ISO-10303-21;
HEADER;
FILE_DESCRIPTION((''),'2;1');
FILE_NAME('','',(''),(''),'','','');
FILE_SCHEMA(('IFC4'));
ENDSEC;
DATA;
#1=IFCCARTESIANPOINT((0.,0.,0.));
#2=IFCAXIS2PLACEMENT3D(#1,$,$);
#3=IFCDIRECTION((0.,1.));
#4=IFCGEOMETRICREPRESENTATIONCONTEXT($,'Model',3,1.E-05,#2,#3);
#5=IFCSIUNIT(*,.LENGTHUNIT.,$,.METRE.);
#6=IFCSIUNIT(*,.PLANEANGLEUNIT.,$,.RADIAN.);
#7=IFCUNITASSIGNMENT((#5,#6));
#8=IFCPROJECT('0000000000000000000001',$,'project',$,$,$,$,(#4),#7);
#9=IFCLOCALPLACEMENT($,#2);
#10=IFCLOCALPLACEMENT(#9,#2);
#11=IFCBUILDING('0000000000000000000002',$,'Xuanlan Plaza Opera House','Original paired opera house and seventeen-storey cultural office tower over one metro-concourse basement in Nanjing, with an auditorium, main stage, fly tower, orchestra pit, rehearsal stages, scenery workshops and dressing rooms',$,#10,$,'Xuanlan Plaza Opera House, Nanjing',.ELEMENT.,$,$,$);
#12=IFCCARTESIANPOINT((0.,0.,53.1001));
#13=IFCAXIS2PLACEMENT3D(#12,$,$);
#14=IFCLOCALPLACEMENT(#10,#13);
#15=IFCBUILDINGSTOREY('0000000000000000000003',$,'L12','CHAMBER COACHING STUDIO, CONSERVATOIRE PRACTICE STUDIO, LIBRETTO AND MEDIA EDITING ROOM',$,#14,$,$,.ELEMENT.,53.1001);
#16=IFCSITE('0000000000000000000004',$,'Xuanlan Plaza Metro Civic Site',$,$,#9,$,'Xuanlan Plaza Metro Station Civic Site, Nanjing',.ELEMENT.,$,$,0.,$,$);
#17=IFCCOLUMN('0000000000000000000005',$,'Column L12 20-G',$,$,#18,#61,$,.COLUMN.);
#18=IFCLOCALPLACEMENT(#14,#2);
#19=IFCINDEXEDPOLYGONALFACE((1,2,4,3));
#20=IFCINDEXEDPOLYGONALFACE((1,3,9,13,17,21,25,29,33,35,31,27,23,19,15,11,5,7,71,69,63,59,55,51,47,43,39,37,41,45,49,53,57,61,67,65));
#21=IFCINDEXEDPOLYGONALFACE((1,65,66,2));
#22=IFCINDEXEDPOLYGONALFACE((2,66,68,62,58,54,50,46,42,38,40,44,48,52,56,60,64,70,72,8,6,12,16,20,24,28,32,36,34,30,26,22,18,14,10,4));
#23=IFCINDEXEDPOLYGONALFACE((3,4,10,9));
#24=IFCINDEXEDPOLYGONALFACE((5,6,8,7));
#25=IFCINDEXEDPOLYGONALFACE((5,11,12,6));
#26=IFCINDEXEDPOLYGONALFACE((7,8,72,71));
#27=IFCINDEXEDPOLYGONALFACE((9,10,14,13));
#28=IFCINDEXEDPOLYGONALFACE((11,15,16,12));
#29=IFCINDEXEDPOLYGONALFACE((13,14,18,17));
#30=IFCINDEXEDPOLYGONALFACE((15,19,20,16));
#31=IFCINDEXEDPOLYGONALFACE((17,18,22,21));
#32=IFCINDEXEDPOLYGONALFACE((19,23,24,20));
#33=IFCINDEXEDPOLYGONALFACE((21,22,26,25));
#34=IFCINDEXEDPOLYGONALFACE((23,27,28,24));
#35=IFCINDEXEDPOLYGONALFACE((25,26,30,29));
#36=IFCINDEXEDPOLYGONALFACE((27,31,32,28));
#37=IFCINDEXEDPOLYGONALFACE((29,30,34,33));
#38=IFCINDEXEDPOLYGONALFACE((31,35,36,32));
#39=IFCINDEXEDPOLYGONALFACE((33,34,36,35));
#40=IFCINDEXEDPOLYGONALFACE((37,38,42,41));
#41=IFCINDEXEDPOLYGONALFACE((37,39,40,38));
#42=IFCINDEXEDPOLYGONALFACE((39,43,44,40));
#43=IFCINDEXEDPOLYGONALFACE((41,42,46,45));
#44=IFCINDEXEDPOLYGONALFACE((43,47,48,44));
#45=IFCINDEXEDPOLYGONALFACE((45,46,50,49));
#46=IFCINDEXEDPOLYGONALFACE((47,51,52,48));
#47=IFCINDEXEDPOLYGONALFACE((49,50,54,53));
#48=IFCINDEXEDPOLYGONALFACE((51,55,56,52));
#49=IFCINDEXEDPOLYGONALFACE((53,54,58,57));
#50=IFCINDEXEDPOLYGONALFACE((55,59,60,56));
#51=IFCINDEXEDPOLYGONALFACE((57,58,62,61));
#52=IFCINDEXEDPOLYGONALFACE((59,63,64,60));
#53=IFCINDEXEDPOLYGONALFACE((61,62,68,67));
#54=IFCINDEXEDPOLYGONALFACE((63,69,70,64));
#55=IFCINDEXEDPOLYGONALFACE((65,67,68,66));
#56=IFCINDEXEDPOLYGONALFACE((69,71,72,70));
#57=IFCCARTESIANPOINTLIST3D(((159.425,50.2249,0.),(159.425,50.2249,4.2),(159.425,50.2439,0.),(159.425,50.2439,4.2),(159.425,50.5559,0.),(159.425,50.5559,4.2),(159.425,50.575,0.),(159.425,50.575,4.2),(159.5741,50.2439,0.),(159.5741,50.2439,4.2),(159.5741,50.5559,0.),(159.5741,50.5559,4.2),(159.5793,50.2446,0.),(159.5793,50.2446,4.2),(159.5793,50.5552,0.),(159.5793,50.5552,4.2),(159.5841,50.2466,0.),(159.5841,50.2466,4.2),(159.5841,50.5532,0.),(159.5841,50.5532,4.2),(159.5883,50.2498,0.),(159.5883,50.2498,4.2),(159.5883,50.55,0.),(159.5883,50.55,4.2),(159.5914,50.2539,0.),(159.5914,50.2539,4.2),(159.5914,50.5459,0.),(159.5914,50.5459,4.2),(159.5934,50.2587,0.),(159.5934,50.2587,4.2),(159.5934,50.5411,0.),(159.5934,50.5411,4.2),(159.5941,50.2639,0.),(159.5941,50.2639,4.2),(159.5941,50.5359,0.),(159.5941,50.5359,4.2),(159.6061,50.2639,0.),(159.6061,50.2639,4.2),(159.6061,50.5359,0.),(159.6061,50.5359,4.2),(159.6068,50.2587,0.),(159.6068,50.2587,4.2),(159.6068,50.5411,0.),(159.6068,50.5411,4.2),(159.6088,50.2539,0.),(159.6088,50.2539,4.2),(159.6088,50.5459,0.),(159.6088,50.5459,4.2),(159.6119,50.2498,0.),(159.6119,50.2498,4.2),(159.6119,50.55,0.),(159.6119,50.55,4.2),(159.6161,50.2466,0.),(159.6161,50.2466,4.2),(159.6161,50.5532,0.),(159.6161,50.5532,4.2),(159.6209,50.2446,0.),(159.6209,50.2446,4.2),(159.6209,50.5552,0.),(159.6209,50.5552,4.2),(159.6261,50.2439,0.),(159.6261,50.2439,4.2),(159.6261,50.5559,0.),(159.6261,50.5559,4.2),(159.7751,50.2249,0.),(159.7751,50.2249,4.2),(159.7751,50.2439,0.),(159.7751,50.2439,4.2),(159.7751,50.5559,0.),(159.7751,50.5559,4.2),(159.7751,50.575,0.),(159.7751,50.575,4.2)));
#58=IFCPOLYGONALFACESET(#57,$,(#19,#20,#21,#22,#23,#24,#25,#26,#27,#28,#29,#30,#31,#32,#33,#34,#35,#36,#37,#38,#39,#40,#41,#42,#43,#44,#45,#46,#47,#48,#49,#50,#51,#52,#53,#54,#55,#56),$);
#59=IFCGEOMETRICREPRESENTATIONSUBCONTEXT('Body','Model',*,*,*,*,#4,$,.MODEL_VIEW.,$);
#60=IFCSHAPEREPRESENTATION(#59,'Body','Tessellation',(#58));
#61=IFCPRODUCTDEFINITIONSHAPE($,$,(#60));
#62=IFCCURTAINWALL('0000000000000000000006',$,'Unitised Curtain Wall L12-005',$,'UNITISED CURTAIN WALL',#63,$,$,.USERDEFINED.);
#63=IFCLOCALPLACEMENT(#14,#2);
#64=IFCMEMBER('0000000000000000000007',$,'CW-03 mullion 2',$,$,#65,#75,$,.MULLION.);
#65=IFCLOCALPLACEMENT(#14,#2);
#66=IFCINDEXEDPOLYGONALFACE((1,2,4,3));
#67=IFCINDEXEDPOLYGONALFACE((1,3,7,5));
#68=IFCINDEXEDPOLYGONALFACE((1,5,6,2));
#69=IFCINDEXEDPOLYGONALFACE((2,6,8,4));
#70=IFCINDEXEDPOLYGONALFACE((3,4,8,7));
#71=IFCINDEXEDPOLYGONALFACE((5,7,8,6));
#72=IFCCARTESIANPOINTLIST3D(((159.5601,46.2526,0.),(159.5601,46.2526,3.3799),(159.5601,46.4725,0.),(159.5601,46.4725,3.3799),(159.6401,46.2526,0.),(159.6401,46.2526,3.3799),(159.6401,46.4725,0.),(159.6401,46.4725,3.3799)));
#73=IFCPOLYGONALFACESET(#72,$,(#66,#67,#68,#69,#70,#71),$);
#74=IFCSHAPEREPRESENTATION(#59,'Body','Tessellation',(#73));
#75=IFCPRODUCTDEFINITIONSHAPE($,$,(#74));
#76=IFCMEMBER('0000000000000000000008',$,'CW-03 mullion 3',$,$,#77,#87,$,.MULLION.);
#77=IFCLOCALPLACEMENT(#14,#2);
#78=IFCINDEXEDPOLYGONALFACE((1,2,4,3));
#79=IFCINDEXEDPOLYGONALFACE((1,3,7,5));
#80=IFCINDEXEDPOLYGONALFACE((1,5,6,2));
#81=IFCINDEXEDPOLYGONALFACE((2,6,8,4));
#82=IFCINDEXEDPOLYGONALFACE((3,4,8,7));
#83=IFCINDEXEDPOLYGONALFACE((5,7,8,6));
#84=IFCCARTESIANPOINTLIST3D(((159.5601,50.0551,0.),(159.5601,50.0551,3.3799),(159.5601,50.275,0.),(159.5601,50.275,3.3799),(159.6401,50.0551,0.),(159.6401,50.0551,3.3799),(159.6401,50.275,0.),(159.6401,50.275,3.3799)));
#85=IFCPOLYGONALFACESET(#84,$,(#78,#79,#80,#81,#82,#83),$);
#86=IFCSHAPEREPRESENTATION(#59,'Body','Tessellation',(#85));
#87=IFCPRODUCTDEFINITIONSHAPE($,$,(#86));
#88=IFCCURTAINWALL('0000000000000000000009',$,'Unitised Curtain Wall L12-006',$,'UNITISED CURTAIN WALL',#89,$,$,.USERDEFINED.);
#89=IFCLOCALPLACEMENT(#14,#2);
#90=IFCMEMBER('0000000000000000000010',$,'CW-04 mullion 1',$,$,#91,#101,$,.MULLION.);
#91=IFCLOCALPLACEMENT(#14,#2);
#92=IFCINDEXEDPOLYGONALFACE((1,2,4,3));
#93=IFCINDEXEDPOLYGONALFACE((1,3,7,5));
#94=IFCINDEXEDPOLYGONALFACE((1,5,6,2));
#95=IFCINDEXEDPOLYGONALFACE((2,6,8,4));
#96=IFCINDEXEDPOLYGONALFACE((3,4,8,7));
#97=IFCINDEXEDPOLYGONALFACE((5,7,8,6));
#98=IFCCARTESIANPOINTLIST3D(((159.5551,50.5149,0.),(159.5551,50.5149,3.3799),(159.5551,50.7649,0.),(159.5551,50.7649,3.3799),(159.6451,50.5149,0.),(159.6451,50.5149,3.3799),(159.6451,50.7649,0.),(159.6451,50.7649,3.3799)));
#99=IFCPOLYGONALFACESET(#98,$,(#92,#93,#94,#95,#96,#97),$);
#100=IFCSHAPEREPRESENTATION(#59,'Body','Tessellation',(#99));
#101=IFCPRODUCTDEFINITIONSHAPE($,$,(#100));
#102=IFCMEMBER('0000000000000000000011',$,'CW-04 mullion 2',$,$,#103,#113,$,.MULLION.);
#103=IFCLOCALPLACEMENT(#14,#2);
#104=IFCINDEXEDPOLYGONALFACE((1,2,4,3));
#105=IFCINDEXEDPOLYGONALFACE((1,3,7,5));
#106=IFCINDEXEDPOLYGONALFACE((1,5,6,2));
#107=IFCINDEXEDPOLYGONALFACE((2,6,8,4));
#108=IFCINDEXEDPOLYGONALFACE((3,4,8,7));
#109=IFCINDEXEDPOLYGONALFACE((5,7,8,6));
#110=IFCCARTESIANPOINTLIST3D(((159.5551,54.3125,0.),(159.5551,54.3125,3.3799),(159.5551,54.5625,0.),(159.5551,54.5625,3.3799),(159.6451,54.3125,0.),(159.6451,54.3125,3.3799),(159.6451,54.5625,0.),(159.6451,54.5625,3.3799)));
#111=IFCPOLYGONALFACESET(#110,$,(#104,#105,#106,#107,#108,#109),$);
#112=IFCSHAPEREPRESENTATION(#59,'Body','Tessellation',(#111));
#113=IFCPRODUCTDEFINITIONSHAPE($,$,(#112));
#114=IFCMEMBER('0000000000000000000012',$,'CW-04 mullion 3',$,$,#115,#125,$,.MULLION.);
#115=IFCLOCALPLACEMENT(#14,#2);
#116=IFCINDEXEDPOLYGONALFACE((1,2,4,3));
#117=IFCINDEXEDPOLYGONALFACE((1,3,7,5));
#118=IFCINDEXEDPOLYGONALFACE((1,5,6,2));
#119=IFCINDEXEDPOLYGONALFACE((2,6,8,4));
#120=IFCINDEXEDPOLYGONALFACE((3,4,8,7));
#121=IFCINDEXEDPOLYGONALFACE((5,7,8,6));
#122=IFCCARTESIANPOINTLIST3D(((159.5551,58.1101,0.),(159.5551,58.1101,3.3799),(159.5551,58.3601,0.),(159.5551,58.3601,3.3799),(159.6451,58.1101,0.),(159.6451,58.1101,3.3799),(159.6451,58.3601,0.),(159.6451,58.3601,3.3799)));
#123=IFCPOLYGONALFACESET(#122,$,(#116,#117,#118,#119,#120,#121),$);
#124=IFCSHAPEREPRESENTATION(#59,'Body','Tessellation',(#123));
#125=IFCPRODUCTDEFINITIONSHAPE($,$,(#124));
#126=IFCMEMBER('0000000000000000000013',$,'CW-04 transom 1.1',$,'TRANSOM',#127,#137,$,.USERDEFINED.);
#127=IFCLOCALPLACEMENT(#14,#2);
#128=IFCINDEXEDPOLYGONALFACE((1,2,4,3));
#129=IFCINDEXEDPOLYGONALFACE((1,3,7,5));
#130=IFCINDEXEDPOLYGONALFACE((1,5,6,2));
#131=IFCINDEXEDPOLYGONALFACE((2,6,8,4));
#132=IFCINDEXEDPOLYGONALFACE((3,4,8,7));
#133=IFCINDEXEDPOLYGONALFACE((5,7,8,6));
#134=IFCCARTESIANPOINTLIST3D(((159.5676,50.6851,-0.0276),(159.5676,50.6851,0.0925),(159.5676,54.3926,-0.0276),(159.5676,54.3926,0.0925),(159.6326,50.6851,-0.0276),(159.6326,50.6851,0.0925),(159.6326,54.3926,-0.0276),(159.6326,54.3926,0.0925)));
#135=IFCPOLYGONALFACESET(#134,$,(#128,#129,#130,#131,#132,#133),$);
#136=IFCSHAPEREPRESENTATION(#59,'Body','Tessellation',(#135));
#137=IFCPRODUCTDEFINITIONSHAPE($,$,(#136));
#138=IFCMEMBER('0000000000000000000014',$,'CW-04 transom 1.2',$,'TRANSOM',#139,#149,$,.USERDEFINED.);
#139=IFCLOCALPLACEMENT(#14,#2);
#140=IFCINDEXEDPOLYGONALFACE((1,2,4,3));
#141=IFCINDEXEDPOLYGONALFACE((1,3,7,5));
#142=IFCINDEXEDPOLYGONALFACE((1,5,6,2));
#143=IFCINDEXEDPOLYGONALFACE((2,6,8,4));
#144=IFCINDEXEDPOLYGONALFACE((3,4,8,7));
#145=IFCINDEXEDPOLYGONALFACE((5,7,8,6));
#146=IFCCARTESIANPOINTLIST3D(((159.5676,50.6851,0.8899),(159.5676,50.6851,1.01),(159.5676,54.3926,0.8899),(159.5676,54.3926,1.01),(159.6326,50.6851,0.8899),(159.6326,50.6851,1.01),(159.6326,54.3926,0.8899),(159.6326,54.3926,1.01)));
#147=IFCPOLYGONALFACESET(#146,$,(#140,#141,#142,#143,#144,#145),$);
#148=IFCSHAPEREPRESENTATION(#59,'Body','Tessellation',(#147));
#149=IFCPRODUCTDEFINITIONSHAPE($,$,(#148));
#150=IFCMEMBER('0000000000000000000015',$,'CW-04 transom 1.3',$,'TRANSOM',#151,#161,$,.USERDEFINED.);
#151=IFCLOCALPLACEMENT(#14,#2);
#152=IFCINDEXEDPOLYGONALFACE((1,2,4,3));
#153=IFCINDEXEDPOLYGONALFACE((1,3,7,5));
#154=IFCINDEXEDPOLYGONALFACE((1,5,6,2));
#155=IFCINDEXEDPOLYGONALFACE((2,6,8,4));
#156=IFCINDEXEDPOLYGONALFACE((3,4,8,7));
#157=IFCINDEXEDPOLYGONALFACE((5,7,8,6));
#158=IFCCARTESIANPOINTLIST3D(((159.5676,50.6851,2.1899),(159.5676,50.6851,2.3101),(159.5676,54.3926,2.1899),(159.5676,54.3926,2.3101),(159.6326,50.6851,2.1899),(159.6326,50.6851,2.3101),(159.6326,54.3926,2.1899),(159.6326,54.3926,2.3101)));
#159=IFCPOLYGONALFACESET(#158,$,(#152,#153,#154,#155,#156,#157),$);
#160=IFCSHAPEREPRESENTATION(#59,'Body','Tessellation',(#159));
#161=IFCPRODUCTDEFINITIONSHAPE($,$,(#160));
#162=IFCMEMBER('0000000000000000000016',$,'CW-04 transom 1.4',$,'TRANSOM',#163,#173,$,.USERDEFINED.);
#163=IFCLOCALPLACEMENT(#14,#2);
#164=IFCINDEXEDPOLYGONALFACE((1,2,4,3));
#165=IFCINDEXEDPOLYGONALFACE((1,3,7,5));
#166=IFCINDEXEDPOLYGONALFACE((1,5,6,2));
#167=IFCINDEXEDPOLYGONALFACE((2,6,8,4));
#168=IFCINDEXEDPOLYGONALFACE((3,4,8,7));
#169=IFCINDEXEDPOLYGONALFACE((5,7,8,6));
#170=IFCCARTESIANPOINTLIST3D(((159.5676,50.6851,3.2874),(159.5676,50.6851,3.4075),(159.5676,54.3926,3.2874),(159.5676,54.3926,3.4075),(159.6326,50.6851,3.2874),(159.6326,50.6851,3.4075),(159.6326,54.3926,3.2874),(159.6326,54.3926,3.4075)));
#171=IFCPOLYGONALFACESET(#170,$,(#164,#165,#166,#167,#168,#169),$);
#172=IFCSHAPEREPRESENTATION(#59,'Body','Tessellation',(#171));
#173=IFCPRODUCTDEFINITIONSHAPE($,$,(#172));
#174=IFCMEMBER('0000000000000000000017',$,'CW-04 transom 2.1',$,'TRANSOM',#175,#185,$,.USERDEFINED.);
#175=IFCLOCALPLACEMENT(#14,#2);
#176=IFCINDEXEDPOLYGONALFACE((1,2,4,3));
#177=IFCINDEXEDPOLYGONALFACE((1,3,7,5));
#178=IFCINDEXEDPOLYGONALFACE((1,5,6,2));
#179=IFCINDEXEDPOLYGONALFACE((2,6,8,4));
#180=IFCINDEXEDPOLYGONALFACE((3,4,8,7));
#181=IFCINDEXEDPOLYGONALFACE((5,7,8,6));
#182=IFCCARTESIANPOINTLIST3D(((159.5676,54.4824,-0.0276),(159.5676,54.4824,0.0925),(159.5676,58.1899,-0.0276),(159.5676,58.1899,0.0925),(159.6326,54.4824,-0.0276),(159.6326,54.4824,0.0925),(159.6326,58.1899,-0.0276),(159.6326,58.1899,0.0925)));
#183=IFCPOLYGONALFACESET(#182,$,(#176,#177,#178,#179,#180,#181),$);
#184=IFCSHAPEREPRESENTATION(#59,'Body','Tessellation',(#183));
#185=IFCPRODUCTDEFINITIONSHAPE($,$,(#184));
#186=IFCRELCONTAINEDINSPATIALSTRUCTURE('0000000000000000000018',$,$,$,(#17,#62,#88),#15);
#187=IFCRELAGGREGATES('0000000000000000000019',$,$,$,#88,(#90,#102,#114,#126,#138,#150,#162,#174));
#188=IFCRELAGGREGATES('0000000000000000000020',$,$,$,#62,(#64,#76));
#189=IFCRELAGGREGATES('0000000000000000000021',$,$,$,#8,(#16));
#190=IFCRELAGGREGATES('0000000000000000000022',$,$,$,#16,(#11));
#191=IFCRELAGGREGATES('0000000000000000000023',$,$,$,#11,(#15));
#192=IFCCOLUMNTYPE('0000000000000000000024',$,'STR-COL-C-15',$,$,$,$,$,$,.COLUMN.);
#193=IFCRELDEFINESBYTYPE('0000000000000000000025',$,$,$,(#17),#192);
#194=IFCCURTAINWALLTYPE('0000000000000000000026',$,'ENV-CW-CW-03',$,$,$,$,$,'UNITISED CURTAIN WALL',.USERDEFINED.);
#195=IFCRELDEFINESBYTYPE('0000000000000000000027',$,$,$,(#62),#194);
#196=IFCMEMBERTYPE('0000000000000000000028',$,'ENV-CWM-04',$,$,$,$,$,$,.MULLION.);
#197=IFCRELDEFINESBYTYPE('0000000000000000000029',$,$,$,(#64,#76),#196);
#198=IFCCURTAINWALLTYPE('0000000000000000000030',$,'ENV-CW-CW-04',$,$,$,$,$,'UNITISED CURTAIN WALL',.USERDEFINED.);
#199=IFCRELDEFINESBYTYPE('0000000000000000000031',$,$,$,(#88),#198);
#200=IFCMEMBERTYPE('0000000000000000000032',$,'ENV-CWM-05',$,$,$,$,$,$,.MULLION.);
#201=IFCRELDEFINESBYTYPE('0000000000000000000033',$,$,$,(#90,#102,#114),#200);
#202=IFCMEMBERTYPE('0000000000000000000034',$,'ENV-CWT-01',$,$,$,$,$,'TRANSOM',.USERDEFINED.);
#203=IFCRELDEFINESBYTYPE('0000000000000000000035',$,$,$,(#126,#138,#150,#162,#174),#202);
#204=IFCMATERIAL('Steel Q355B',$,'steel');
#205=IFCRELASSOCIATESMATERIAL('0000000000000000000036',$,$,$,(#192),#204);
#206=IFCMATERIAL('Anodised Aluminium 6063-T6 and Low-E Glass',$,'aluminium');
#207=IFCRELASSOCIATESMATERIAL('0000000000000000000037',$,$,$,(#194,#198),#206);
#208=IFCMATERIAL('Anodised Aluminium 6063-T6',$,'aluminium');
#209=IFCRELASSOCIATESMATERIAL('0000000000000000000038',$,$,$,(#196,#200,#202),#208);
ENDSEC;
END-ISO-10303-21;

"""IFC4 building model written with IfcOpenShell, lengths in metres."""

from ifc_helpers import new_model, si_unit, direction, frame, origin, origin_2d, place, context, subcontext, project, spatial, rectangle, i_section, extrude, material, material_profile, profile_set, type_object, element, aggregate, save


model = new_model("IFC4")

# Units and contexts
model_context = context("Model", 3, precision=1e-05, world=origin(), true_north=direction((0.0, 1.0)))
body_context = subcontext(model_context, "Body", "Model", "MODEL_VIEW")
ifc_project = project(units=[si_unit("LENGTHUNIT", "METRE"), si_unit("PLANEANGLEUNIT", "RADIAN")], contexts=[model_context])

# Site, building, storey
site_placement = place(None, origin())
site = spatial("IfcSite", under=ifc_project, at=site_placement, Name="Xuanlan Plaza Metro Civic Site", LongName="Xuanlan Plaza Metro Station Civic Site, Nanjing", CompositionType="ELEMENT", RefElevation=0.0)
building_placement = place(site_placement, origin())
building = spatial("IfcBuilding", under=site, at=building_placement, Name="Xuanlan Plaza Opera House", Description="Original paired opera house and seventeen-storey cultural office tower over one metro-concourse basement in Nanjing, with an auditorium, main stage, fly tower, orchestra pit, rehearsal stages, scenery workshops and dressing rooms", LongName="Xuanlan Plaza Opera House, Nanjing", CompositionType="ELEMENT")
storey_placement = place(building_placement, frame((0.0, 0.0, 53.1001)))
storey = spatial("IfcBuildingStorey", under=building, at=storey_placement, Name="L12", Description="CHAMBER COACHING STUDIO, CONSERVATOIRE PRACTICE STUDIO, LIBRETTO AND MEDIA EDITING ROOM", CompositionType="ELEMENT", Elevation=53.1001)

# Column
ifc_material_1 = material(Name="Steel Q355B", Category="steel")
ifc_material_profile_1 = material_profile(ifc_material_1, i_section(OverallWidth=0.3501, OverallDepth=0.3501, WebThickness=0.012, FlangeThickness=0.019, FilletRadius=0.02, at=origin_2d()), Name="HW 350x350x12x19")
ifc_profile_set_1 = profile_set([ifc_material_profile_1], Name="Steel Q355B")
column_type = type_object("IfcColumnType", Name="STR-COL-C-15", PredefinedType="COLUMN", material=ifc_profile_set_1)
column_placement = place(storey_placement, frame((159.6001, 50.3999, 0.0), z_axis=(0.0, 0.0, 1.0), x_axis=(1.0, 0.0, 0.0)))
element("IfcColumn", 1, at=column_placement, inside=storey, type_object=column_type, Name="Column L12 20-G", PredefinedType="COLUMN", context=body_context, shape_type="SweptSolid", body=[
    extrude(i_section(OverallWidth=0.3501, OverallDepth=0.3501, WebThickness=0.012, FlangeThickness=0.019, FilletRadius=0.02, at=origin_2d()), origin(), (0.0, 0.0, 1.0), 4.2),
])

# Curtain walls, members
ifc_material_2 = material(Name="Anodised Aluminium 6063-T6 and Low-E Glass", Category="aluminium")
curtain_wall_type_1 = type_object("IfcCurtainWallType", Name="ENV-CW-CW-03", ElementType="UNITISED CURTAIN WALL", PredefinedType="USERDEFINED", material=ifc_material_2)
curtain_wall_1_placement = place(storey_placement, origin())
curtain_wall_1 = element("IfcCurtainWall", 2, at=curtain_wall_1_placement, inside=storey, type_object=curtain_wall_type_1, Name="Unitised Curtain Wall L12-005", ObjectType="UNITISED CURTAIN WALL", PredefinedType="USERDEFINED")
ifc_material_3 = material(Name="Anodised Aluminium 6063-T6", Category="aluminium")
ifc_material_profile_2 = material_profile(ifc_material_3, rectangle(XDim=0.0801, YDim=0.22, at=origin_2d()), Name="ALU-M 80x220")
ifc_profile_set_2 = profile_set([ifc_material_profile_2], Name="Anodised Aluminium 6063-T6")
member_type_1 = type_object("IfcMemberType", Name="ENV-CWM-04", PredefinedType="MULLION", material=ifc_profile_set_2)
member_1_placement = place(storey_placement, frame((159.6001, 46.3625, 0.0), z_axis=(0.0, 0.0, 1.0), x_axis=(-1.0, 0.0, 0.0)))
member_1 = element("IfcMember", 3, at=member_1_placement, type_object=member_type_1, Name="CW-03 mullion 2", PredefinedType="MULLION", context=body_context, shape_type="SweptSolid", body=[
    extrude(rectangle(XDim=0.0801, YDim=0.22, at=origin_2d()), origin(), (0.0, 0.0, 1.0), 3.3799),
])
member_2_placement = place(storey_placement, frame((159.6001, 50.165, 0.0), z_axis=(0.0, 0.0, 1.0), x_axis=(-1.0, 0.0, 0.0)))
member_2 = element("IfcMember", 4, at=member_2_placement, type_object=member_type_1, Name="CW-03 mullion 3", PredefinedType="MULLION", context=body_context, shape_type="SweptSolid", body=[
    extrude(rectangle(XDim=0.0801, YDim=0.22, at=origin_2d()), origin(), (0.0, 0.0, 1.0), 3.3799),
])
curtain_wall_type_2 = type_object("IfcCurtainWallType", Name="ENV-CW-CW-04", ElementType="UNITISED CURTAIN WALL", PredefinedType="USERDEFINED", material=ifc_material_2)
curtain_wall_2_placement = place(storey_placement, origin())
curtain_wall_2 = element("IfcCurtainWall", 5, at=curtain_wall_2_placement, inside=storey, type_object=curtain_wall_type_2, Name="Unitised Curtain Wall L12-006", ObjectType="UNITISED CURTAIN WALL", PredefinedType="USERDEFINED")
ifc_material_profile_3 = material_profile(ifc_material_3, rectangle(XDim=0.0901, YDim=0.25, at=origin_2d()), Name="ALU-M 90x250")
ifc_profile_set_3 = profile_set([ifc_material_profile_3], Name="Anodised Aluminium 6063-T6")
member_type_2 = type_object("IfcMemberType", Name="ENV-CWM-05", PredefinedType="MULLION", material=ifc_profile_set_3)
member_3_placement = place(storey_placement, frame((159.6001, 50.6399, 0.0), z_axis=(0.0, 0.0, 1.0), x_axis=(-1.0, 0.0, 0.0)))
member_3 = element("IfcMember", 6, at=member_3_placement, type_object=member_type_2, Name="CW-04 mullion 1", PredefinedType="MULLION", context=body_context, shape_type="SweptSolid", body=[
    extrude(rectangle(XDim=0.0901, YDim=0.25, at=origin_2d()), origin(), (0.0, 0.0, 1.0), 3.3799),
])
member_4_placement = place(storey_placement, frame((159.6001, 54.4375, 0.0), z_axis=(0.0, 0.0, 1.0), x_axis=(-1.0, 0.0, 0.0)))
member_4 = element("IfcMember", 7, at=member_4_placement, type_object=member_type_2, Name="CW-04 mullion 2", PredefinedType="MULLION", context=body_context, shape_type="SweptSolid", body=[
    extrude(rectangle(XDim=0.0901, YDim=0.25, at=origin_2d()), origin(), (0.0, 0.0, 1.0), 3.3799),
])
member_5_placement = place(storey_placement, frame((159.6001, 58.2351, 0.0), z_axis=(0.0, 0.0, 1.0), x_axis=(-1.0, 0.0, 0.0)))
member_5 = element("IfcMember", 8, at=member_5_placement, type_object=member_type_2, Name="CW-04 mullion 3", PredefinedType="MULLION", context=body_context, shape_type="SweptSolid", body=[
    extrude(rectangle(XDim=0.0901, YDim=0.25, at=origin_2d()), origin(), (0.0, 0.0, 1.0), 3.3799),
])
ifc_material_profile_4 = material_profile(ifc_material_3, rectangle(XDim=0.0649, YDim=0.1201, at=origin_2d()), Name="ALU-T 65x120")
ifc_profile_set_4 = profile_set([ifc_material_profile_4], Name="Anodised Aluminium 6063-T6")
member_type_3 = type_object("IfcMemberType", Name="ENV-CWT-01", ElementType="TRANSOM", PredefinedType="USERDEFINED", material=ifc_profile_set_4)
member_6_placement = place(storey_placement, frame((159.6001, 50.6851, 0.0325), z_axis=(0.0, 1.0, 0.0), x_axis=(-1.0, 0.0, 0.0)))
member_6 = element("IfcMember", 9, at=member_6_placement, type_object=member_type_3, Name="CW-04 transom 1.1", ObjectType="TRANSOM", PredefinedType="USERDEFINED", context=body_context, shape_type="SweptSolid", body=[
    extrude(rectangle(XDim=0.0649, YDim=0.1201, at=origin_2d()), origin(), (0.0, 0.0, 1.0), 3.7075),
])
member_7_placement = place(storey_placement, frame((159.6001, 50.6851, 0.95), z_axis=(0.0, 1.0, 0.0), x_axis=(-1.0, 0.0, 0.0)))
member_7 = element("IfcMember", 10, at=member_7_placement, type_object=member_type_3, Name="CW-04 transom 1.2", ObjectType="TRANSOM", PredefinedType="USERDEFINED", context=body_context, shape_type="SweptSolid", body=[
    extrude(rectangle(XDim=0.0649, YDim=0.1201, at=origin_2d()), origin(), (0.0, 0.0, 1.0), 3.7075),
])
member_8_placement = place(storey_placement, frame((159.6001, 50.6851, 2.25), z_axis=(0.0, 1.0, 0.0), x_axis=(-1.0, 0.0, 0.0)))
member_8 = element("IfcMember", 11, at=member_8_placement, type_object=member_type_3, Name="CW-04 transom 1.3", ObjectType="TRANSOM", PredefinedType="USERDEFINED", context=body_context, shape_type="SweptSolid", body=[
    extrude(rectangle(XDim=0.0649, YDim=0.1201, at=origin_2d()), origin(), (0.0, 0.0, 1.0), 3.7075),
])
member_9_placement = place(storey_placement, frame((159.6001, 50.6851, 3.3474), z_axis=(0.0, 1.0, 0.0), x_axis=(-1.0, 0.0, 0.0)))
member_9 = element("IfcMember", 12, at=member_9_placement, type_object=member_type_3, Name="CW-04 transom 1.4", ObjectType="TRANSOM", PredefinedType="USERDEFINED", context=body_context, shape_type="SweptSolid", body=[
    extrude(rectangle(XDim=0.0649, YDim=0.1201, at=origin_2d()), origin(), (0.0, 0.0, 1.0), 3.7075),
])
member_10_placement = place(storey_placement, frame((159.6001, 54.4824, 0.0325), z_axis=(0.0, 1.0, 0.0), x_axis=(-1.0, 0.0, 0.0)))
member_10 = element("IfcMember", 13, at=member_10_placement, type_object=member_type_3, Name="CW-04 transom 2.1", ObjectType="TRANSOM", PredefinedType="USERDEFINED", context=body_context, shape_type="SweptSolid", body=[
    extrude(rectangle(XDim=0.0649, YDim=0.1201, at=origin_2d()), origin(), (0.0, 0.0, 1.0), 3.7075),
])

aggregate(curtain_wall_2, [member_3, member_4, member_5, member_6, member_7, member_8, member_9, member_10])
aggregate(curtain_wall_1, [member_1, member_2])

save(model, "model.ifc")
